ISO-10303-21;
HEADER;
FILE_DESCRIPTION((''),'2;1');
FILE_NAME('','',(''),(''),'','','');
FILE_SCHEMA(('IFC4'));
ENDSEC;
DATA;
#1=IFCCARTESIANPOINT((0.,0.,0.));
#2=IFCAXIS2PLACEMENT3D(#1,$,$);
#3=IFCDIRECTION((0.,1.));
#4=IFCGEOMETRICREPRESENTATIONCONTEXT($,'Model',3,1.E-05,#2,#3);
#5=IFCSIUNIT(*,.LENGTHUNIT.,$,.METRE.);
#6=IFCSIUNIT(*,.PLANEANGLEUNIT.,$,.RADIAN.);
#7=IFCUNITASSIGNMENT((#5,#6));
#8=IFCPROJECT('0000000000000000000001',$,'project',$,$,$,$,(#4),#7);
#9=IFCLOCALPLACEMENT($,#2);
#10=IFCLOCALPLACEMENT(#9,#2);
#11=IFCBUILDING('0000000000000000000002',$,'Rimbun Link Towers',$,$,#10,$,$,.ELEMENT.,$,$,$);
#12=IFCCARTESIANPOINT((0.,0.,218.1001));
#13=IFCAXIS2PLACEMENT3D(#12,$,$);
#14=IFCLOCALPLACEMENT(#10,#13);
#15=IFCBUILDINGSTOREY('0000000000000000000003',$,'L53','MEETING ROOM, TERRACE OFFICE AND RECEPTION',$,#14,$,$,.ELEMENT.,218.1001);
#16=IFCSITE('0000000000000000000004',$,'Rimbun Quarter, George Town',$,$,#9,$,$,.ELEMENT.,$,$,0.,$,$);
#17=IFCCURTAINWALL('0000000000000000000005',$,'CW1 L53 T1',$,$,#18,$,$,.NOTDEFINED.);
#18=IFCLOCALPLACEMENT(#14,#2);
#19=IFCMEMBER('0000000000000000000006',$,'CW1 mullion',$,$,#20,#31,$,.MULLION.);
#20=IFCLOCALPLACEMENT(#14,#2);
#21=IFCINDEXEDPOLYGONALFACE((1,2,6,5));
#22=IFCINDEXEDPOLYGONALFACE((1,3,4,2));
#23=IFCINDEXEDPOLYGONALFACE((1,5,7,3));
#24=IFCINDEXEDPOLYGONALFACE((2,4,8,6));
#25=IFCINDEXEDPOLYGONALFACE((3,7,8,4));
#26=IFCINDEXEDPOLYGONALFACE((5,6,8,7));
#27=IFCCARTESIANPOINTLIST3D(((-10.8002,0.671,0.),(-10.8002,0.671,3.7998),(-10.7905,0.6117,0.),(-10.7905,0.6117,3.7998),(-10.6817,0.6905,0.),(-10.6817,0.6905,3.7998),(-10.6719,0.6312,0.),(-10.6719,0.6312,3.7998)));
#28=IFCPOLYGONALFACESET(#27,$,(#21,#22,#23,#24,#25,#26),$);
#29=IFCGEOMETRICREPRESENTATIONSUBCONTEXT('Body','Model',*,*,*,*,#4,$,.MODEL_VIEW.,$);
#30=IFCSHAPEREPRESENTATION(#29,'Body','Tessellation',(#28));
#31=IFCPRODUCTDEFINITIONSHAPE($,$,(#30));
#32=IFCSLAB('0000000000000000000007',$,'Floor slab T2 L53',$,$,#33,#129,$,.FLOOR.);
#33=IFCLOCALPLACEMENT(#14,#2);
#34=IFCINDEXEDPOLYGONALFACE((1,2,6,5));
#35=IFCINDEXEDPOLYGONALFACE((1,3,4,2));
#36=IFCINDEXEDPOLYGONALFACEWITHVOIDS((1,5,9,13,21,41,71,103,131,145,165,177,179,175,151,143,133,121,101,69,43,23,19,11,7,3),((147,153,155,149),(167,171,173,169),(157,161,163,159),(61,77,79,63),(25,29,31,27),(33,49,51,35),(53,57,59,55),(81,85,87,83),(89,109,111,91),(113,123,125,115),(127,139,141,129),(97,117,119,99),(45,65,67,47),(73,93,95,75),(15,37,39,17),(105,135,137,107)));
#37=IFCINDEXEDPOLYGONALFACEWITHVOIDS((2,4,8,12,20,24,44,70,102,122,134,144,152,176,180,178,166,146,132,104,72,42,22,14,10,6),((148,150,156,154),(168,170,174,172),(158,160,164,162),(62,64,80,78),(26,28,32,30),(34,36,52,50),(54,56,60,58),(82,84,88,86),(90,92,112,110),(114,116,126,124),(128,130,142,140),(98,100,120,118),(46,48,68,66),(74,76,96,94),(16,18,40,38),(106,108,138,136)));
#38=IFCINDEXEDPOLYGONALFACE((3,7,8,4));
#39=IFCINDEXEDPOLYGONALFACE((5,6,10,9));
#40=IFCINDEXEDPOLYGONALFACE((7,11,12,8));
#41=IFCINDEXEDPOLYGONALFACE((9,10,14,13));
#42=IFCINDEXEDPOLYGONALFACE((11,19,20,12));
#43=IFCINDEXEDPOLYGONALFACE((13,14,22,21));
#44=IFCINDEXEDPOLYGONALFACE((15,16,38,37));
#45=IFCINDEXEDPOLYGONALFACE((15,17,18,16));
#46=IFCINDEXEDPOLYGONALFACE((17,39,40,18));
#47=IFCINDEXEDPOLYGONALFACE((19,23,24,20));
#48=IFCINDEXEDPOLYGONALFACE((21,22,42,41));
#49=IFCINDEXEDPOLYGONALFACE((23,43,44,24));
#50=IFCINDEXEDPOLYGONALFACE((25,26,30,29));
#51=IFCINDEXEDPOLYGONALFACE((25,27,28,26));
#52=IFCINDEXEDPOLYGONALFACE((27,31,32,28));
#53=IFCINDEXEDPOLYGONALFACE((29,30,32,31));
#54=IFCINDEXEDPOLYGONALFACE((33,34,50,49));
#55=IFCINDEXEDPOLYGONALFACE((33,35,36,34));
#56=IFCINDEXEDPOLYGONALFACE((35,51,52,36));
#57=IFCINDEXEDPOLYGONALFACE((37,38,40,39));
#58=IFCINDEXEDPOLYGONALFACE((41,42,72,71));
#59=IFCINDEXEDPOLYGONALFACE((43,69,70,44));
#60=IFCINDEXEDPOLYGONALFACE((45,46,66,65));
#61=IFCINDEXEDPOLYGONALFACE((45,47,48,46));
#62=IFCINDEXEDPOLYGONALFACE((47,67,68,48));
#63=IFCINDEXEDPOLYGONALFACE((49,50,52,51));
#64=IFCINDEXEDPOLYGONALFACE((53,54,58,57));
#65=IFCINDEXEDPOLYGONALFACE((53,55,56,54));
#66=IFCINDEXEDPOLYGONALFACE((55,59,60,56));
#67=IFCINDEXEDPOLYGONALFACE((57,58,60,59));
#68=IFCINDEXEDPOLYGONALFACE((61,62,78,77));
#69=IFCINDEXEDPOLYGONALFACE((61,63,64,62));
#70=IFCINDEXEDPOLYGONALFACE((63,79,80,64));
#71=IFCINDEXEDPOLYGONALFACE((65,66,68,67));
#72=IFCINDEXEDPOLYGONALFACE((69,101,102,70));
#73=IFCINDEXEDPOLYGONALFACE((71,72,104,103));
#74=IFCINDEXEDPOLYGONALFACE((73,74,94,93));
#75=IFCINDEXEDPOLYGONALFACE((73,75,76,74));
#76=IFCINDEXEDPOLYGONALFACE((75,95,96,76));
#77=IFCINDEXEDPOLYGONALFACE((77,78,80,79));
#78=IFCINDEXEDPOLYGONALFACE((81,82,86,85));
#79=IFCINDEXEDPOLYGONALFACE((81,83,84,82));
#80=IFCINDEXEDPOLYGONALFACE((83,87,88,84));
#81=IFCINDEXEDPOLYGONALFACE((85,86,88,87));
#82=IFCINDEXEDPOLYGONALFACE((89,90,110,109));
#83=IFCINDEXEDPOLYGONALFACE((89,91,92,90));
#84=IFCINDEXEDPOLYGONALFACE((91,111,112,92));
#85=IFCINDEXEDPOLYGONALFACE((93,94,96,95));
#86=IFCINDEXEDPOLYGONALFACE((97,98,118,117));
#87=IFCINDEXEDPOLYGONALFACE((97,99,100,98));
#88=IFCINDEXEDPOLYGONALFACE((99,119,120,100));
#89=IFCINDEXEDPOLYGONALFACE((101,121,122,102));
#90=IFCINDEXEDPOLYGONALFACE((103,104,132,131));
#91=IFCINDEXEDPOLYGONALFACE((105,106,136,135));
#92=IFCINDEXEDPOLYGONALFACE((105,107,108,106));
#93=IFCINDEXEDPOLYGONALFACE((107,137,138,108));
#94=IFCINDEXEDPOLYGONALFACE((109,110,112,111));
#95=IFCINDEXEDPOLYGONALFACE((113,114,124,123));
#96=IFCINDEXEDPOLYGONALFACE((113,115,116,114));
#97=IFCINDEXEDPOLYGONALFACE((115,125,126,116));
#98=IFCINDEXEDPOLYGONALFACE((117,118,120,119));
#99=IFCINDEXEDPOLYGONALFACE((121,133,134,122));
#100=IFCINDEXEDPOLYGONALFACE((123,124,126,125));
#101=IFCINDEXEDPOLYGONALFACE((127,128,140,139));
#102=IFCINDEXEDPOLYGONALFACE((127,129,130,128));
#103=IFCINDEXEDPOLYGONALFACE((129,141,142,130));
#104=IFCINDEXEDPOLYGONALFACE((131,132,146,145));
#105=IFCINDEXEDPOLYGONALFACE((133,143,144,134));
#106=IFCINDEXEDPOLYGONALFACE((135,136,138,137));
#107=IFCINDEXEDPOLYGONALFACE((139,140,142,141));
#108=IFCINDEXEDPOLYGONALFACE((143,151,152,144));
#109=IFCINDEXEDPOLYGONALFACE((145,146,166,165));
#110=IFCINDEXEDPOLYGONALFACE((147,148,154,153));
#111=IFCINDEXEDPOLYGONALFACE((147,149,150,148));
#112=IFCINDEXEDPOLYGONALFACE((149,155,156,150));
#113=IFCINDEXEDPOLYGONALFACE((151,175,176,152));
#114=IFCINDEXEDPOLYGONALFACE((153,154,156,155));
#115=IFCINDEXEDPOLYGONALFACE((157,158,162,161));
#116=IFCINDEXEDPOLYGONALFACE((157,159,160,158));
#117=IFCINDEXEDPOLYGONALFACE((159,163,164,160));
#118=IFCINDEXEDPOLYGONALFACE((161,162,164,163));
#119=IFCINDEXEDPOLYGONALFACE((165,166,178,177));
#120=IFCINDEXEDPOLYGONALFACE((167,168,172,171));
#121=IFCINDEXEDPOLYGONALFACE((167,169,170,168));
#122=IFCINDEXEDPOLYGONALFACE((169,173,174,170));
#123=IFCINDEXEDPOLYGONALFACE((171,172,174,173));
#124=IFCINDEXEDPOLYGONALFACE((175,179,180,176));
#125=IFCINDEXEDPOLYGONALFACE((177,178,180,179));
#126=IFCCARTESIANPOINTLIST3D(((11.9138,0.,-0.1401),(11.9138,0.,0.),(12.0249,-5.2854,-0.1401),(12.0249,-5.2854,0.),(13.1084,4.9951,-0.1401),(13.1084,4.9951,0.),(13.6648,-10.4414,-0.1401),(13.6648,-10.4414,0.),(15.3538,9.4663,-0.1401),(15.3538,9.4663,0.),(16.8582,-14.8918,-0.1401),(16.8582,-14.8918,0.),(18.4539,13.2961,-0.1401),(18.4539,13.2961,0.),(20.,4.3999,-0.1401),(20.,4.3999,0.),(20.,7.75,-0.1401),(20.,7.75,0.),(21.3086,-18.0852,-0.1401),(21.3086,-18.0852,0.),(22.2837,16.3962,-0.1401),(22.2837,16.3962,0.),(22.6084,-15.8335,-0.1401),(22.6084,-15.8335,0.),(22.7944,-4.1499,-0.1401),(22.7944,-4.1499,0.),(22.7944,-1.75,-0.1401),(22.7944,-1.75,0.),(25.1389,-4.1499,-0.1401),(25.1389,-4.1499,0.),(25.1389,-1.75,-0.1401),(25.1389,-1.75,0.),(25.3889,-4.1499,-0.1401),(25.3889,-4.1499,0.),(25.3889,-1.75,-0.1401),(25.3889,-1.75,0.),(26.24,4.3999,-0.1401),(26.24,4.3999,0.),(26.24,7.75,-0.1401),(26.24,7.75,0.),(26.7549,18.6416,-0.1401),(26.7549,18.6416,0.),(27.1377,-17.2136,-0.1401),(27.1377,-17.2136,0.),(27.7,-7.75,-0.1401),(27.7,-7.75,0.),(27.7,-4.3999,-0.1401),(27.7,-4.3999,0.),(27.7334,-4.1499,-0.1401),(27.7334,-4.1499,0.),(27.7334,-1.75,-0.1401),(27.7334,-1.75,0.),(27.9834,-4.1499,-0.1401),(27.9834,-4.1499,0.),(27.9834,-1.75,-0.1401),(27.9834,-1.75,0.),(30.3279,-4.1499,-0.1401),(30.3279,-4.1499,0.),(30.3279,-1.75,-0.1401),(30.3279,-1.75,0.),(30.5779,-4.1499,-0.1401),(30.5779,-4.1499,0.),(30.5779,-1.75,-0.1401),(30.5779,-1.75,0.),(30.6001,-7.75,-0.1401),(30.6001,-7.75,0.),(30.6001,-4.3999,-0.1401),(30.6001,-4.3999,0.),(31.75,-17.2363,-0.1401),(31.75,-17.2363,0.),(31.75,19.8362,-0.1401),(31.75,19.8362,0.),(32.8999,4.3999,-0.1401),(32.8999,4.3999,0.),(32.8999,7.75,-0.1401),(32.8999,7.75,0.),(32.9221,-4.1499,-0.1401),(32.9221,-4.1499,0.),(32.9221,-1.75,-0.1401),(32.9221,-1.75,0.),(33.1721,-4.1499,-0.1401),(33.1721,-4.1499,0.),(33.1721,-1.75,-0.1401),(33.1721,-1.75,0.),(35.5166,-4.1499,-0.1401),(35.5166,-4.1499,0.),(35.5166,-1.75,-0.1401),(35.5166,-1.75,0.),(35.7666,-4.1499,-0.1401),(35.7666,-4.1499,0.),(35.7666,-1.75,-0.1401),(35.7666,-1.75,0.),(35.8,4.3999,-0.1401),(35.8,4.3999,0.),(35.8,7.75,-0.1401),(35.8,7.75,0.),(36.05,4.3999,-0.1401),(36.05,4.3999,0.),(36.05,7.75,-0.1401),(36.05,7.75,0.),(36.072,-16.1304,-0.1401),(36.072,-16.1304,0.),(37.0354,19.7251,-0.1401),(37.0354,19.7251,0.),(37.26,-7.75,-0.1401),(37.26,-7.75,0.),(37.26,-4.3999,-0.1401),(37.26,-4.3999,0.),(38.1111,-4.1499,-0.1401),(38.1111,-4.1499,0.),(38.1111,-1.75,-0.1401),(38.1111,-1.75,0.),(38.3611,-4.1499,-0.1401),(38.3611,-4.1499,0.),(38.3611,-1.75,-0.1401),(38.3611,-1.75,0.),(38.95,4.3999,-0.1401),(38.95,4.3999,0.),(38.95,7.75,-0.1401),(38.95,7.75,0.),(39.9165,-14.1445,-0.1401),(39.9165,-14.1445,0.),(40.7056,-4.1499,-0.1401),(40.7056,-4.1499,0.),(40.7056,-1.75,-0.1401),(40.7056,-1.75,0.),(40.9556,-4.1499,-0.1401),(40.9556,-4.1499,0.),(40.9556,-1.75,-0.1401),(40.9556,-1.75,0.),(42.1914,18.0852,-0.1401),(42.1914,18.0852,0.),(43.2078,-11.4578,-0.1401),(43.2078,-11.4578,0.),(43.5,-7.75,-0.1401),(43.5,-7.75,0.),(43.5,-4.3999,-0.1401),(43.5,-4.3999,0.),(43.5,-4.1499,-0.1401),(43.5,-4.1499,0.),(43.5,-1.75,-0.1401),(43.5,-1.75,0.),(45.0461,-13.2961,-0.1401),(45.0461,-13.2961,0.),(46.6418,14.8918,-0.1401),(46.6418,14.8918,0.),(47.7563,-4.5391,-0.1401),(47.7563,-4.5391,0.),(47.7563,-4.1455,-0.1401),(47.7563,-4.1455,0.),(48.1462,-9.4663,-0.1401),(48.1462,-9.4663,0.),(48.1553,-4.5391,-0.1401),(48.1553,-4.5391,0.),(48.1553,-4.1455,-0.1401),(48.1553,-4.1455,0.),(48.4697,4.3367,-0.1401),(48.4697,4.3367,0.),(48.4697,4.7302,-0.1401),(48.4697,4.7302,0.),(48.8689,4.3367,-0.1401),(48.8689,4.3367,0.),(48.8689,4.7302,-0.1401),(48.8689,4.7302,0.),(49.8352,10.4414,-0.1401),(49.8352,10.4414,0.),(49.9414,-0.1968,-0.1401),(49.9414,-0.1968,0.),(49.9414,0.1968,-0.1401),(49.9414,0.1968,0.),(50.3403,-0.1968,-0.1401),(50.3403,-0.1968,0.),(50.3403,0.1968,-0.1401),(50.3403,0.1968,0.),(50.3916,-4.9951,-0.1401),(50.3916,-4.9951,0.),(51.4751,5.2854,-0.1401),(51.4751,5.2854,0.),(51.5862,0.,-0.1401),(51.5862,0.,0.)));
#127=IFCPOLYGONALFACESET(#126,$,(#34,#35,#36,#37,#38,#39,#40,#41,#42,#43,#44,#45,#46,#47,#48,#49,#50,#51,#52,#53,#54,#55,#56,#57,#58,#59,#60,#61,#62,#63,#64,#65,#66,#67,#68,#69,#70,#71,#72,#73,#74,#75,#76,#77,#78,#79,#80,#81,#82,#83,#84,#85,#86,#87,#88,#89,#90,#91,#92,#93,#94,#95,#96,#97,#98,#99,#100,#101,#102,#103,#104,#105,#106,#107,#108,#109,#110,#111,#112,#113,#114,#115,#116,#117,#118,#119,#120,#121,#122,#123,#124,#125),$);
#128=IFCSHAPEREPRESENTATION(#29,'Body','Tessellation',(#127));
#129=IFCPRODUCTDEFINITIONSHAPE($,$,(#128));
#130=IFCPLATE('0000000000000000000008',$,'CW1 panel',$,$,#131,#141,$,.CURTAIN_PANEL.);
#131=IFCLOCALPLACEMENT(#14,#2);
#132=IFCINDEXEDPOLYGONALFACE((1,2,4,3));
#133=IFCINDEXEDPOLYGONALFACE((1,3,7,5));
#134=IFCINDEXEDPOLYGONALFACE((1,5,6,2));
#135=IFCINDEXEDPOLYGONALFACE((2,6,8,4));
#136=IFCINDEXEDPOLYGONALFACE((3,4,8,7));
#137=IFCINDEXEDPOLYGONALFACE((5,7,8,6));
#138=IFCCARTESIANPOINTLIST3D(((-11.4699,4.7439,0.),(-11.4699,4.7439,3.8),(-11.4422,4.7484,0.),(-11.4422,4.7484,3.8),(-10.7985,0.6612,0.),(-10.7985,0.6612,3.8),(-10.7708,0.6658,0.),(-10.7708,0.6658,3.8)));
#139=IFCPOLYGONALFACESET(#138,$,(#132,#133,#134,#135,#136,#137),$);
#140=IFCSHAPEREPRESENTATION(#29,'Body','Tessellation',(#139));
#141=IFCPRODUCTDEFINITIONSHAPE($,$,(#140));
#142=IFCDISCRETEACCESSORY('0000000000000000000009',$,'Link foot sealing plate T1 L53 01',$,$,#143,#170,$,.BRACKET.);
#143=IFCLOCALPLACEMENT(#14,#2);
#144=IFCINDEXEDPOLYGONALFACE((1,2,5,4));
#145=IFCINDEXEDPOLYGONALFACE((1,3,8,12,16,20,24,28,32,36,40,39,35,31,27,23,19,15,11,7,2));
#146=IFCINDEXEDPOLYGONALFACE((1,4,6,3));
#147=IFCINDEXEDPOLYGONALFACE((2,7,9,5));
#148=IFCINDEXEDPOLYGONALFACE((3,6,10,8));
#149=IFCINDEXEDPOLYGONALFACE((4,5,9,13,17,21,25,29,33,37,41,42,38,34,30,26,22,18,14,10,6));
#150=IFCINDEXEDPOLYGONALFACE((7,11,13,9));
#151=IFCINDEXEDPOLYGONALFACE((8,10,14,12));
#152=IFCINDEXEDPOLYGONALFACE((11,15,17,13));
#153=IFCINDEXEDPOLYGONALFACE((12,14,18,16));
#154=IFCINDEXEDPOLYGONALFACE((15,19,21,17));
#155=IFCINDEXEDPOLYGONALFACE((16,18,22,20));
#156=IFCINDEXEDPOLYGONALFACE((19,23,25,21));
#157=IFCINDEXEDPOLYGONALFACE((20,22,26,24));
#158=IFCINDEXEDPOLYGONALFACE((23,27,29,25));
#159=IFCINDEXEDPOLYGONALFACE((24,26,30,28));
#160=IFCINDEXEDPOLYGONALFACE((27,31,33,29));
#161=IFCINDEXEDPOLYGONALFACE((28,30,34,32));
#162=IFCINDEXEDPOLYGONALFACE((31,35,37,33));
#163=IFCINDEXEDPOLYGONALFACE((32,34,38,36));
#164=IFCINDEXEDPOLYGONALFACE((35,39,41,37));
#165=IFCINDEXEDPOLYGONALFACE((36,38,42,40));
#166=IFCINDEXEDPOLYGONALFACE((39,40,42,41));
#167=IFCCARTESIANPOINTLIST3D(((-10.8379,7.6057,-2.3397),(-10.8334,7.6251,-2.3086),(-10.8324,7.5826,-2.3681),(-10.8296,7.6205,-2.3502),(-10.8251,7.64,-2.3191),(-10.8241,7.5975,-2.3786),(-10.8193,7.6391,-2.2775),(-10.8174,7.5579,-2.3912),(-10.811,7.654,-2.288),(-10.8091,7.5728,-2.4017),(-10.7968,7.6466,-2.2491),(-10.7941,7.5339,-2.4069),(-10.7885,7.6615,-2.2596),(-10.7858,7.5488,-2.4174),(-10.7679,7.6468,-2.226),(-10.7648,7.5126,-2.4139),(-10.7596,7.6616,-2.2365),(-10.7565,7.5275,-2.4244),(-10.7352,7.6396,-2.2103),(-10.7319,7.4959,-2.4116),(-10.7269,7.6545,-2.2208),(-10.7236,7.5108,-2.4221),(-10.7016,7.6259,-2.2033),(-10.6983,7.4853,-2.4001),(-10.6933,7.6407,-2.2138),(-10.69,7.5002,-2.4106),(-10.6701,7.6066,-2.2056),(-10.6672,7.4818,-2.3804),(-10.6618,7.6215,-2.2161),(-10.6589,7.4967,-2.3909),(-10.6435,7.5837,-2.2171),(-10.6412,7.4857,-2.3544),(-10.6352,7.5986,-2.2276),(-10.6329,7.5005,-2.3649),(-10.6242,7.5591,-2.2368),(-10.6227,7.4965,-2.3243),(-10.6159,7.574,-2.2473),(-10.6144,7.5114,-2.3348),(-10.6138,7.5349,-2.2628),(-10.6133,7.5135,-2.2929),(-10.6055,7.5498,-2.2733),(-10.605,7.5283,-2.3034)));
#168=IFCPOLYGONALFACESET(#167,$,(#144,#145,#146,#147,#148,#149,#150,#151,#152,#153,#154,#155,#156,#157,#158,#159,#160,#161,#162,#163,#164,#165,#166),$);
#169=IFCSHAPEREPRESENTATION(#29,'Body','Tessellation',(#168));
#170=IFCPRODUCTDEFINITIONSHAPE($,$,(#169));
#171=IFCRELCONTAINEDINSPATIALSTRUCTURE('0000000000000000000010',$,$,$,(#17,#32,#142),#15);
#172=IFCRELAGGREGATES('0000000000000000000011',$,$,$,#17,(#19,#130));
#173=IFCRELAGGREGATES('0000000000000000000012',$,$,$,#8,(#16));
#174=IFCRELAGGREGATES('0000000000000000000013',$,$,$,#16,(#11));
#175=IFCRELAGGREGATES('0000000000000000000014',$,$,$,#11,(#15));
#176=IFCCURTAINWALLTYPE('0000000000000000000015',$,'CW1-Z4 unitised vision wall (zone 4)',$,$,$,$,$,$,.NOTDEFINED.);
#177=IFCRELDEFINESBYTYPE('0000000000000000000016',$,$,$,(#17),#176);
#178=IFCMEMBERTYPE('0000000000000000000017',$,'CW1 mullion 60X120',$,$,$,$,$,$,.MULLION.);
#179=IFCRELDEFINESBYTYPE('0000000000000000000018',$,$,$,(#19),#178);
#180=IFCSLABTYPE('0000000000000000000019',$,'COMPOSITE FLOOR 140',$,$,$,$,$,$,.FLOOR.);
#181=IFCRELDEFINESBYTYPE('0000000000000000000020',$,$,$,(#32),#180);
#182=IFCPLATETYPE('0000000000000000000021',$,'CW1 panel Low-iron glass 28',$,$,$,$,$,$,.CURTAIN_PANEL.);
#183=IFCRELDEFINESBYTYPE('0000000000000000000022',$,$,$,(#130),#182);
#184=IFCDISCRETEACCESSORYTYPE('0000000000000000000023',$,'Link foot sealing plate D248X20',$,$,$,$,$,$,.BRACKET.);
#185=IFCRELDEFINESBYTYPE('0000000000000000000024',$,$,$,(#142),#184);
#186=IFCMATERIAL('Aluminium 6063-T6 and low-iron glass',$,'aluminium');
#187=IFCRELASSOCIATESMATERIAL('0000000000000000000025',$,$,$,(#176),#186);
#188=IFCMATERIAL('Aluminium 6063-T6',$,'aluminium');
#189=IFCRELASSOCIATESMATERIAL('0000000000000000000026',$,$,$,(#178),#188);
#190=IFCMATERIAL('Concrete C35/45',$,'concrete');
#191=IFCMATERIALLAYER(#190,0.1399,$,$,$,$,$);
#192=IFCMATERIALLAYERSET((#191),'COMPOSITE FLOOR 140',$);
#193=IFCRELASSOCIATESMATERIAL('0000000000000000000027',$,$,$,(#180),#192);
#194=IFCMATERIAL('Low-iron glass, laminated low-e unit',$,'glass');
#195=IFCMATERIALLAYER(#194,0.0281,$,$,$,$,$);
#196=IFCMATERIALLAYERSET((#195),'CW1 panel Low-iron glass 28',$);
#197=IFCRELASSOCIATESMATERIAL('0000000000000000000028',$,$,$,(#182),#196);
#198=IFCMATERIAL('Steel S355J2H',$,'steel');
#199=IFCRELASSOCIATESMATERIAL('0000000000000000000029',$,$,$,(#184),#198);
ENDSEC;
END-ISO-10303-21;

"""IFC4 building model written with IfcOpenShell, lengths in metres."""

from ifc_helpers import new_model, si_unit, direction, frame, origin, origin_2d, place, context, subcontext, project, spatial, polyline, rectangle, circle, outline, extrude, material, layer, layer_set, material_profile, profile_set, type_object, element, aggregate, save


model = new_model("IFC4")

# Units and contexts
model_context = context("Model", 3, precision=1e-05, world=origin(), true_north=direction((0.0, 1.0)))
body_context = subcontext(model_context, "Body", "Model", "MODEL_VIEW")
ifc_project = project(units=[si_unit("LENGTHUNIT", "METRE"), si_unit("PLANEANGLEUNIT", "RADIAN")], contexts=[model_context])

# Site, building, storey
site_placement = place(None, origin())
site = spatial("IfcSite", under=ifc_project, at=site_placement, Name="Rimbun Quarter, George Town", CompositionType="ELEMENT", RefElevation=0.0)
building_placement = place(site_placement, origin())
building = spatial("IfcBuilding", under=site, at=building_placement, Name="Rimbun Link Towers", CompositionType="ELEMENT")
storey_placement = place(building_placement, frame((0.0, 0.0, 218.1001)))
storey = spatial("IfcBuildingStorey", under=building, at=storey_placement, Name="L53", Description="MEETING ROOM, TERRACE OFFICE AND RECEPTION", CompositionType="ELEMENT", Elevation=218.1001)

# Curtain wall, member
ifc_material_1 = material(Name="Aluminium 6063-T6 and low-iron glass", Category="aluminium")
curtain_wall_type = type_object("IfcCurtainWallType", Name="CW1-Z4 unitised vision wall (zone 4)", PredefinedType="NOTDEFINED", material=ifc_material_1)
curtain_wall_placement = place(storey_placement, origin())
curtain_wall = element("IfcCurtainWall", 1, at=curtain_wall_placement, inside=storey, type_object=curtain_wall_type, Name="CW1 L53 T1", PredefinedType="NOTDEFINED")
ifc_material_2 = material(Name="Aluminium 6063-T6", Category="aluminium")
ifc_material_profile_1 = material_profile(ifc_material_2, rectangle(XDim=0.1201, YDim=0.0601, at=origin_2d()), Name="MULLION 60X120")
ifc_profile_set_1 = profile_set([ifc_material_profile_1], Name="Aluminium 6063-T6")
member_type = type_object("IfcMemberType", Name="CW1 mullion 60X120", PredefinedType="MULLION", material=ifc_profile_set_1)
member_placement = place(storey_placement, frame((-10.7361, 0.6511, 0.0), z_axis=(0.0, 0.0, 1.0), x_axis=(0.986747, 0.162264, 0.0)))
member = element("IfcMember", 2, at=member_placement, type_object=member_type, Name="CW1 mullion", PredefinedType="MULLION", context=body_context, shape_type="SweptSolid", body=[
    extrude(rectangle(XDim=0.1201, YDim=0.0601, at=origin_2d()), origin(), (0.0, 0.0, 1.0), 3.7998),
])

# Slab
ifc_material_3 = material(Name="Concrete C35/45", Category="concrete")
ifc_layer_1 = layer(ifc_material_3, 0.1399)
ifc_layer_set_1 = layer_set([ifc_layer_1], Name="COMPOSITE FLOOR 140")
slab_type = type_object("IfcSlabType", Name="COMPOSITE FLOOR 140", PredefinedType="FLOOR", material=ifc_layer_set_1)
slab_placement = place(storey_placement, frame((0.0, 0.0, -0.1401)))
element("IfcSlab", 3, at=slab_placement, inside=storey, type_object=slab_type, Name="Floor slab T2 L53", PredefinedType="FLOOR", context=body_context, shape_type="SweptSolid", body=[
    extrude(outline(polyline([(16.8582, -14.8918), (13.6648, -10.4414), (12.0249, -5.2854), (11.9138, 0.0), (13.1084, 4.9951), (15.3538, 9.4663), (18.4539, 13.2961), (22.2837, 16.3962), (26.7549, 18.6416), (31.75, 19.8362), (37.0354, 19.7251), (42.1914, 18.0852), (46.6418, 14.8918), (49.8352, 10.4414), (51.4751, 5.2854), (51.5862, 0.0), (50.3916, -4.9951), (48.1462, -9.4663), (45.0461, -13.2961), (43.2078, -11.4578), (39.9165, -14.1445), (36.072, -16.1304), (31.75, -17.2363), (27.1377, -17.2136), (22.6084, -15.8335), (21.3086, -18.0852), (16.8582, -14.8918)]), holes=[polyline([(30.6001, -7.75), (30.6001, -4.3999), (27.7, -4.3999), (27.7, -7.75), (30.6001, -7.75)]), polyline([(25.1389, -4.1499), (25.1389, -1.75), (22.7944, -1.75), (22.7944, -4.1499), (25.1389, -4.1499)]), polyline([(27.7334, -4.1499), (27.7334, -1.75), (25.3889, -1.75), (25.3889, -4.1499), (27.7334, -4.1499)]), polyline([(30.3279, -4.1499), (30.3279, -1.75), (27.9834, -1.75), (27.9834, -4.1499), (30.3279, -4.1499)]), polyline([(32.9221, -4.1499), (32.9221, -1.75), (30.5779, -1.75), (30.5779, -4.1499), (32.9221, -4.1499)]), polyline([(35.5166, -4.1499), (35.5166, -1.75), (33.1721, -1.75), (33.1721, -4.1499), (35.5166, -4.1499)]), polyline([(26.24, 4.3999), (26.24, 7.75), (20.0, 7.75), (20.0, 4.3999), (26.24, 4.3999)]), polyline([(35.8, 4.3999), (35.8, 7.75), (32.8999, 7.75), (32.8999, 4.3999), (35.8, 4.3999)]), polyline([(43.5, -7.75), (43.5, -4.3999), (37.26, -4.3999), (37.26, -7.75), (43.5, -7.75)]), polyline([(48.1553, -4.5391), (48.1553, -4.1455), (47.7563, -4.1455), (47.7563, -4.5391), (48.1553, -4.5391)]), polyline([(38.1111, -4.1499), (38.1111, -1.75), (35.7666, -1.75), (35.7666, -4.1499), (38.1111, -4.1499)]), polyline([(40.7056, -4.1499), (40.7056, -1.75), (38.3611, -1.75), (38.3611, -4.1499), (40.7056, -4.1499)]), polyline([(43.5, -4.1499), (43.5, -1.75), (40.9556, -1.75), (40.9556, -4.1499), (43.5, -4.1499)]), polyline([(50.3403, -0.1968), (50.3403, 0.1968), (49.9414, 0.1968), (49.9414, -0.1968), (50.3403, -0.1968)]), polyline([(48.8689, 4.3367), (48.8689, 4.7302), (48.4697, 4.7302), (48.4697, 4.3367), (48.8689, 4.3367)]), polyline([(38.95, 4.3999), (38.95, 7.75), (36.05, 7.75), (36.05, 4.3999), (38.95, 4.3999)])]), origin(), (0.0, 0.0, 1.0), 0.1401),
])

# Plate
ifc_material_4 = material(Name="Low-iron glass, laminated low-e unit", Category="glass")
ifc_layer_2 = layer(ifc_material_4, 0.0281)
ifc_layer_set_2 = layer_set([ifc_layer_2], Name="CW1 panel Low-iron glass 28")
plate_type = type_object("IfcPlateType", Name="CW1 panel Low-iron glass 28", PredefinedType="CURTAIN_PANEL", material=ifc_layer_set_2)
plate_placement = place(storey_placement, frame((-11.1204, 2.7048, 0.0), z_axis=(0.0, 0.0, 1.0), x_axis=(0.162264, -0.986747, 0.0)))
plate = element("IfcPlate", 4, at=plate_placement, type_object=plate_type, Name="CW1 panel", PredefinedType="CURTAIN_PANEL", context=body_context, shape_type="SweptSolid", body=[
    extrude(rectangle(XDim=4.1375, YDim=0.0281, at=origin_2d()), origin(), (0.0, 0.0, 1.0), 3.8),
])
aggregate(curtain_wall, [member, plate])

# Discrete accessory
ifc_material_5 = material(Name="Steel S355J2H", Category="steel")
ifc_material_profile_2 = material_profile(ifc_material_5, circle(Radius=0.124, at=origin_2d()), Name="PL D248")
ifc_profile_set_2 = profile_set([ifc_material_profile_2], Name="Steel S355J2H")
discrete_accessory_type_1 = type_object("IfcDiscreteAccessoryType", Name="Link foot sealing plate D248X20", PredefinedType="BRACKET", material=ifc_profile_set_2)
discrete_accessory_1_placement = place(storey_placement, frame((-10.7251, 7.5647, -2.3086), z_axis=(0.414572, 0.743792, -0.524312), x_axis=(-0.873481, 0.486858, 0.0)))
element("IfcDiscreteAccessory", 5, at=discrete_accessory_1_placement, inside=storey, type_object=discrete_accessory_type_1, Name="Link foot sealing plate T1 L53 01", PredefinedType="BRACKET", context=body_context, shape_type="SweptSolid", body=[
    extrude(circle(Radius=0.124, at=origin_2d()), origin(), (0.0, 0.0, 1.0), 0.02),
])

save(model, "model.ifc")
